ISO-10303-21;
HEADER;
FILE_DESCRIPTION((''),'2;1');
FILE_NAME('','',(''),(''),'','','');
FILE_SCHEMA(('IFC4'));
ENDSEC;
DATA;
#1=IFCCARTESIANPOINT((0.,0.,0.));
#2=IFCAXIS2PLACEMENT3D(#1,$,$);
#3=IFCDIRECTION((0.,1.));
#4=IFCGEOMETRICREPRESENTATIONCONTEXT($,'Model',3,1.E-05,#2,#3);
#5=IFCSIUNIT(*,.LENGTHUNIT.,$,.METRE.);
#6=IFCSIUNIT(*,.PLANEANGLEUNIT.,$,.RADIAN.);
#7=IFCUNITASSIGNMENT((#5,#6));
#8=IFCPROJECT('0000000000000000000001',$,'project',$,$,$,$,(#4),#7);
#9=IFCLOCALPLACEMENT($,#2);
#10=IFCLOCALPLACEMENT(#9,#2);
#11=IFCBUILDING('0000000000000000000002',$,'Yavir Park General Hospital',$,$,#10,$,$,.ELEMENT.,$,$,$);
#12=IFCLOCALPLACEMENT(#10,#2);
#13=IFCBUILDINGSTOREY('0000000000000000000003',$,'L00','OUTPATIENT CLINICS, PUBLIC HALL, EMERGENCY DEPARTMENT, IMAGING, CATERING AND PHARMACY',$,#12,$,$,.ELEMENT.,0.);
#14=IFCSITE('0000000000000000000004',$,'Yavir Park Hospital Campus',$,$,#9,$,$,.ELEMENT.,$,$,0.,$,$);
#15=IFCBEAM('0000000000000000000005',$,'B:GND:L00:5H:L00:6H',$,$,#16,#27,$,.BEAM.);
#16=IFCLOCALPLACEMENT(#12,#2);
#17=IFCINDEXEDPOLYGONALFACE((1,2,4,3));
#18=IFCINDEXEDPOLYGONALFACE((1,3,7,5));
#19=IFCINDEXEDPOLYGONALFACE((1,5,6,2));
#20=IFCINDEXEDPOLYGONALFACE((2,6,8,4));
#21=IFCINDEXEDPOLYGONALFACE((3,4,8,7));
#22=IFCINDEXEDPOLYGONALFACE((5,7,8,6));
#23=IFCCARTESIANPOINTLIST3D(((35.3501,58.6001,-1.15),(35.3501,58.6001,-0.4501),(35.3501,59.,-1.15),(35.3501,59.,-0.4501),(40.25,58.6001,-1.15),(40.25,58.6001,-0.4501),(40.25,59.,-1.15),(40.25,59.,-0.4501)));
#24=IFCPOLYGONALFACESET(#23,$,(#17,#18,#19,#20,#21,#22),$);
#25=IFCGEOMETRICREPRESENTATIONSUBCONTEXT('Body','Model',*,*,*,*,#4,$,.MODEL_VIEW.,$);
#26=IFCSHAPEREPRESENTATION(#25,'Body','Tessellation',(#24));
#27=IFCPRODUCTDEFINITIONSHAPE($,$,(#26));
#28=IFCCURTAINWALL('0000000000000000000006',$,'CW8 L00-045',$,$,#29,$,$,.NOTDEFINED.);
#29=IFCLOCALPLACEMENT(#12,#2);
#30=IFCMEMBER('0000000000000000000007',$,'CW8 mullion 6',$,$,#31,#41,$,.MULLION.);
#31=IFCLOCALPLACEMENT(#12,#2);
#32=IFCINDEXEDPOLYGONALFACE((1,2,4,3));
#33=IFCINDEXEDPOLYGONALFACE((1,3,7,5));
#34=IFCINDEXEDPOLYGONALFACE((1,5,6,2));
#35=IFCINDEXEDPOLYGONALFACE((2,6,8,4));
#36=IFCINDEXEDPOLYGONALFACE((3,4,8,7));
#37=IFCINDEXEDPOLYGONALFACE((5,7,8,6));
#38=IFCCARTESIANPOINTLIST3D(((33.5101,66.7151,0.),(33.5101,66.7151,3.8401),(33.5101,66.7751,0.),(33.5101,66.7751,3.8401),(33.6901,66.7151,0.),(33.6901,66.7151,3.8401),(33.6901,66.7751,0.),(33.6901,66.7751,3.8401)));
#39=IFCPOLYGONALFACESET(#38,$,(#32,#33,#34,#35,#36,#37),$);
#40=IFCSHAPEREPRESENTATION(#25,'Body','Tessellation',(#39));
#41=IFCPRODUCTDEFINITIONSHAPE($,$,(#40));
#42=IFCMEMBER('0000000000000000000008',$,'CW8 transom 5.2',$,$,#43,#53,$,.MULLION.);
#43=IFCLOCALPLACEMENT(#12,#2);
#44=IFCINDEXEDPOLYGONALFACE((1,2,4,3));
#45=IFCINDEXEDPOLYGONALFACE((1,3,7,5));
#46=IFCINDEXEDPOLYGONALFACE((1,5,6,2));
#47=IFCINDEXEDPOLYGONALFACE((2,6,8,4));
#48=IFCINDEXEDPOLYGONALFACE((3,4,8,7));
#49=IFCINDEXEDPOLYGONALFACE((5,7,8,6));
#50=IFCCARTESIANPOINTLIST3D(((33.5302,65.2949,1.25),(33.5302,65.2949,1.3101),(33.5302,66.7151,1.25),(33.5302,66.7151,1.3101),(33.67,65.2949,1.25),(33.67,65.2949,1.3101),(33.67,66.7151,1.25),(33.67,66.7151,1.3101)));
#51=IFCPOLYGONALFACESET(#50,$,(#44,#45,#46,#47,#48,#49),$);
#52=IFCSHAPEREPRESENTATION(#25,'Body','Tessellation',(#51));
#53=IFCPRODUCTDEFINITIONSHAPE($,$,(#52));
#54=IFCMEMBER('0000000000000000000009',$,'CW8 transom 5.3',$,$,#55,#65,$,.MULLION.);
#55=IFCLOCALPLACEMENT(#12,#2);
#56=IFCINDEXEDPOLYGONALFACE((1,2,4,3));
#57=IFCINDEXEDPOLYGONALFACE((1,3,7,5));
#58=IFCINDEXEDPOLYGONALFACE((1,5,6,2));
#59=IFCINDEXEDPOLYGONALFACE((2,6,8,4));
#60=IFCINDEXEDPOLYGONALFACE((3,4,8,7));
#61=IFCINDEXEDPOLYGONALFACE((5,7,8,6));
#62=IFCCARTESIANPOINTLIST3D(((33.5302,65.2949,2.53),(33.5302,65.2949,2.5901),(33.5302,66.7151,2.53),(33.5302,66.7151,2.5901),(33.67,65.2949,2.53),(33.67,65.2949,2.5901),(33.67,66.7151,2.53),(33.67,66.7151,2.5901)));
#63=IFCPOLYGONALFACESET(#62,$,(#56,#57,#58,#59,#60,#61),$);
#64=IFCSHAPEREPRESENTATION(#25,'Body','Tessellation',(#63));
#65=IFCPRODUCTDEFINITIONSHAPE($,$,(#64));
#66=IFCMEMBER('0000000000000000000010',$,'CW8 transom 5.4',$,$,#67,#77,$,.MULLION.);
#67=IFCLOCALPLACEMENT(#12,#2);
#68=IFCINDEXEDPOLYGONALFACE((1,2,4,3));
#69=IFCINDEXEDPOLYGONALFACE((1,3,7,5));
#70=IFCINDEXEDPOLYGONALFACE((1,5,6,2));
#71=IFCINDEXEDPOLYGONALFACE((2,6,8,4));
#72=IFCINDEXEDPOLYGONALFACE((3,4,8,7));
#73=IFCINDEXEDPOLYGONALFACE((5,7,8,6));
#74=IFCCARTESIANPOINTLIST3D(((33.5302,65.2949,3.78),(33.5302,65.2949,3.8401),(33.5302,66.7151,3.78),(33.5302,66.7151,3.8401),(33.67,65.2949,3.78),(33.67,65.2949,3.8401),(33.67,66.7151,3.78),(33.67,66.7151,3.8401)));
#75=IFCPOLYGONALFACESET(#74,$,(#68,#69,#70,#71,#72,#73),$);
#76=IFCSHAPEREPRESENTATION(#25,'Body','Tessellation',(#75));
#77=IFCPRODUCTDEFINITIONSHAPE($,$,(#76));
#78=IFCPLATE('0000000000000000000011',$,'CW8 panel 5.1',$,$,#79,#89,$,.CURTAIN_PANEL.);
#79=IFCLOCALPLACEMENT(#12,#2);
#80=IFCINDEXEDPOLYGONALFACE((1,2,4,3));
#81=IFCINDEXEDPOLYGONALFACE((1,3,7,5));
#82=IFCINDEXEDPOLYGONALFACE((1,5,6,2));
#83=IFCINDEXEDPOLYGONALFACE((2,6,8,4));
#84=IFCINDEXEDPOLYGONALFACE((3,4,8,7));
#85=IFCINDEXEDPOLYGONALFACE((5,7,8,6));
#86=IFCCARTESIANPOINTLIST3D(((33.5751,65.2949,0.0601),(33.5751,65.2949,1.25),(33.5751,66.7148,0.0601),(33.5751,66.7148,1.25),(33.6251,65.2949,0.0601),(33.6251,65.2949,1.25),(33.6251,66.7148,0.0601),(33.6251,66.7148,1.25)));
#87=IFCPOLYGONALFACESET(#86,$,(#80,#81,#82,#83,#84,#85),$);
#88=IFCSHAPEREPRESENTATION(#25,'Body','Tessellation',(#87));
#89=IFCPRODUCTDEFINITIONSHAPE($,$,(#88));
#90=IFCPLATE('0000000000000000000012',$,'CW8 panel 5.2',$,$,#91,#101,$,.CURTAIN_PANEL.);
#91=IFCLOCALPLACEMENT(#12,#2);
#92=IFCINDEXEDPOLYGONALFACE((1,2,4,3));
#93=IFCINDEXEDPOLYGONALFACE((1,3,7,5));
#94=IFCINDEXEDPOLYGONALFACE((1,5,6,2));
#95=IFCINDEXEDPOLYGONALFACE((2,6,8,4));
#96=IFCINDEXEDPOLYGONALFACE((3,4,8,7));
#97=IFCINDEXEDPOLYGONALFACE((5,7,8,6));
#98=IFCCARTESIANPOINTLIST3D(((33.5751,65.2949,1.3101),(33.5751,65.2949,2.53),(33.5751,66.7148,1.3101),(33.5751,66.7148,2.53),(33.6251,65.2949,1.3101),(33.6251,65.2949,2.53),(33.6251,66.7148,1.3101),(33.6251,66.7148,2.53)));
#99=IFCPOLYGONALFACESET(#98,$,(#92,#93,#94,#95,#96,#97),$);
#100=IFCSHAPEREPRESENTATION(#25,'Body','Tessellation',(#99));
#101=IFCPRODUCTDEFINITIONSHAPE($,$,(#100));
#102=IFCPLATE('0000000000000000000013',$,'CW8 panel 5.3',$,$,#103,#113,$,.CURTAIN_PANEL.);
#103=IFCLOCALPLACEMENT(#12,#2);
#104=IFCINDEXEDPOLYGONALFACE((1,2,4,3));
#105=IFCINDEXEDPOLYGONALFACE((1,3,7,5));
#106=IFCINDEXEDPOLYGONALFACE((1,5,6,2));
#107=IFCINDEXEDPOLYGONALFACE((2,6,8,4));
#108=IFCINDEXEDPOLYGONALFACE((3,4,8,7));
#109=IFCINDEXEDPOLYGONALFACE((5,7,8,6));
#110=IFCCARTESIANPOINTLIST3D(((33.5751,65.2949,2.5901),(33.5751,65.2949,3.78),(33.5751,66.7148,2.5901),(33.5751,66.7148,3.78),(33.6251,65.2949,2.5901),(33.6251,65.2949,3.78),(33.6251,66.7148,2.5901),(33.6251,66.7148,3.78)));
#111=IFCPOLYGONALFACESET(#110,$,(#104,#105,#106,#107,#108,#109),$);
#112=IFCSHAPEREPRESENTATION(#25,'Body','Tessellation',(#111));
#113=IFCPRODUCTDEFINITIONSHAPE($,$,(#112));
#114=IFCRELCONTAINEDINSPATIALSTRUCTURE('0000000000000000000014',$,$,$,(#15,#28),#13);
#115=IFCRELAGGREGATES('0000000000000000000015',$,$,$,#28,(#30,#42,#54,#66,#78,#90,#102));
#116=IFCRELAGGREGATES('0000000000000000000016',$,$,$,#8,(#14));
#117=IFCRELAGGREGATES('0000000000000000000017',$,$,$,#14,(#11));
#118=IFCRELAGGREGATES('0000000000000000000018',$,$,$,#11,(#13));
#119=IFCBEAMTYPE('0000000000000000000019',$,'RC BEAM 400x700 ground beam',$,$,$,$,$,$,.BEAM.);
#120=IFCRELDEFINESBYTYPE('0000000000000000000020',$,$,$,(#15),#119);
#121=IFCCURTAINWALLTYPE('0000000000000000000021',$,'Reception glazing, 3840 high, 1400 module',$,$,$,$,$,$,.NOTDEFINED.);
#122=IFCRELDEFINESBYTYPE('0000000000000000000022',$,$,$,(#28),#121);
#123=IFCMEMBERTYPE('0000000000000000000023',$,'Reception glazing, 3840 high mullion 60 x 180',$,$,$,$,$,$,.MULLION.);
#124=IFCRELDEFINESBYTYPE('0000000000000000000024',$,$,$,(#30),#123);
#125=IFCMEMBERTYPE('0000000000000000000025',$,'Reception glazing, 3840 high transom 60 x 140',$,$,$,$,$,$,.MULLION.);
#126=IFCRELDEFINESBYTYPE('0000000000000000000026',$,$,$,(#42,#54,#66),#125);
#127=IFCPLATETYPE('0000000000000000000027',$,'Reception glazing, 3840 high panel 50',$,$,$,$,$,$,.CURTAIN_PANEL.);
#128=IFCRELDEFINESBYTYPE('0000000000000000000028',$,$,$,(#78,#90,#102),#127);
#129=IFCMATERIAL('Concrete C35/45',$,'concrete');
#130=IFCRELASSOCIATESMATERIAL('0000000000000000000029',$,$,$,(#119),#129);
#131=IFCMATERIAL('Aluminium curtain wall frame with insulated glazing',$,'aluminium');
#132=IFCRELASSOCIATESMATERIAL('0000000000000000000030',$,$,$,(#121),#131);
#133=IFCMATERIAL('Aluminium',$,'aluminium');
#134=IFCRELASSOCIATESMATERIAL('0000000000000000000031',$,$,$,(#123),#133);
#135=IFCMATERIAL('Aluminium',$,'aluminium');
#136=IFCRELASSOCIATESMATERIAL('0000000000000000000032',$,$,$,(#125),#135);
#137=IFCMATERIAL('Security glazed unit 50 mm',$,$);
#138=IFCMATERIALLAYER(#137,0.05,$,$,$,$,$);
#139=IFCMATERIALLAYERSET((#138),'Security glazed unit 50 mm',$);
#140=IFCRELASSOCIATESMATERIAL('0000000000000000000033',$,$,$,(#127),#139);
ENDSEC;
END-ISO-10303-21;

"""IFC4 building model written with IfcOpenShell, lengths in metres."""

from ifc_helpers import new_model, si_unit, direction, frame, origin, origin_2d, place, context, subcontext, project, spatial, rectangle, extrude, material, layer, layer_set, material_profile, profile_set, type_object, element, aggregate, save


model = new_model("IFC4")

# Units and contexts
model_context = context("Model", 3, precision=1e-05, world=origin(), true_north=direction((0.0, 1.0)))
body_context = subcontext(model_context, "Body", "Model", "MODEL_VIEW")
ifc_project = project(units=[si_unit("LENGTHUNIT", "METRE"), si_unit("PLANEANGLEUNIT", "RADIAN")], contexts=[model_context])

# Site, building, storey
site_placement = place(None, origin())
site = spatial("IfcSite", under=ifc_project, at=site_placement, Name="Yavir Park Hospital Campus", CompositionType="ELEMENT", RefElevation=0.0)
building_placement = place(site_placement, origin())
building = spatial("IfcBuilding", under=site, at=building_placement, Name="Yavir Park General Hospital", CompositionType="ELEMENT")
storey_placement = place(building_placement, origin())
storey = spatial("IfcBuildingStorey", under=building, at=storey_placement, Name="L00", Description="OUTPATIENT CLINICS, PUBLIC HALL, EMERGENCY DEPARTMENT, IMAGING, CATERING AND PHARMACY", CompositionType="ELEMENT", Elevation=0.0)

# Beam
ifc_material_1 = material(Name="Concrete C35/45", Category="concrete")
ifc_material_profile_1 = material_profile(ifc_material_1, rectangle(XDim=0.3999, YDim=0.7, at=origin_2d()), Name="RC400x700")
ifc_profile_set_1 = profile_set([ifc_material_profile_1], Name="Concrete C35/45")
beam_type = type_object("IfcBeamType", Name="RC BEAM 400x700 ground beam", PredefinedType="BEAM", material=ifc_profile_set_1)
beam_placement = place(storey_placement, frame((35.3501, 58.8, -0.8), z_axis=(1.0, 0.0, 0.0), x_axis=(0.0, 1.0, 0.0)))
element("IfcBeam", 1, at=beam_placement, inside=storey, type_object=beam_type, Name="B:GND:L00:5H:L00:6H", PredefinedType="BEAM", context=body_context, shape_type="SweptSolid", body=[
    extrude(rectangle(XDim=0.3999, YDim=0.7, at=origin_2d()), origin(), (0.0, 0.0, 1.0), 4.8999),
])

# Curtain wall, members, plates
ifc_material_2 = material(Name="Aluminium curtain wall frame with insulated glazing", Category="aluminium")
curtain_wall_type = type_object("IfcCurtainWallType", Name="Reception glazing, 3840 high, 1400 module", PredefinedType="NOTDEFINED", material=ifc_material_2)
curtain_wall_placement = place(storey_placement, origin())
curtain_wall = element("IfcCurtainWall", 2, at=curtain_wall_placement, inside=storey, type_object=curtain_wall_type, Name="CW8 L00-045", PredefinedType="NOTDEFINED")
ifc_material_3 = material(Name="Aluminium", Category="aluminium")
ifc_material_profile_2 = material_profile(ifc_material_3, rectangle(XDim=0.1799, YDim=0.0601, at=origin_2d()), Name="AL 60x180")
ifc_profile_set_2 = profile_set([ifc_material_profile_2], Name="Aluminium")
member_type_1 = type_object("IfcMemberType", Name="Reception glazing, 3840 high mullion 60 x 180", PredefinedType="MULLION", material=ifc_profile_set_2)
member_1_placement = place(storey_placement, frame((33.6001, 66.7451, 0.0), z_axis=(0.0, 0.0, 1.0), x_axis=(-1.0, 0.0, 0.0)))
member_1 = element("IfcMember", 3, at=member_1_placement, type_object=member_type_1, Name="CW8 mullion 6", PredefinedType="MULLION", context=body_context, shape_type="SweptSolid", body=[
    extrude(rectangle(XDim=0.1799, YDim=0.0601, at=origin_2d()), origin(), (0.0, 0.0, 1.0), 3.8401),
])
ifc_material_4 = material(Name="Aluminium", Category="aluminium")
ifc_material_profile_3 = material_profile(ifc_material_4, rectangle(XDim=0.1399, YDim=0.0601, at=origin_2d()), Name="AL 140x60")
ifc_profile_set_3 = profile_set([ifc_material_profile_3], Name="Aluminium")
member_type_2 = type_object("IfcMemberType", Name="Reception glazing, 3840 high transom 60 x 140", PredefinedType="MULLION", material=ifc_profile_set_3)
member_2_placement = place(storey_placement, frame((33.6001, 65.2949, 1.28), z_axis=(0.0, 1.0, 0.0), x_axis=(-1.0, 0.0, 0.0)))
member_2 = element("IfcMember", 4, at=member_2_placement, type_object=member_type_2, Name="CW8 transom 5.2", PredefinedType="MULLION", context=body_context, shape_type="SweptSolid", body=[
    extrude(rectangle(XDim=0.1399, YDim=0.0601, at=origin_2d()), origin(), (0.0, 0.0, 1.0), 1.4202),
])
member_3_placement = place(storey_placement, frame((33.6001, 65.2949, 2.5601), z_axis=(0.0, 1.0, 0.0), x_axis=(-1.0, 0.0, 0.0)))
member_3 = element("IfcMember", 5, at=member_3_placement, type_object=member_type_2, Name="CW8 transom 5.3", PredefinedType="MULLION", context=body_context, shape_type="SweptSolid", body=[
    extrude(rectangle(XDim=0.1399, YDim=0.0601, at=origin_2d()), origin(), (0.0, 0.0, 1.0), 1.4202),
])
member_4_placement = place(storey_placement, frame((33.6001, 65.2949, 3.8101), z_axis=(0.0, 1.0, 0.0), x_axis=(-1.0, 0.0, 0.0)))
member_4 = element("IfcMember", 6, at=member_4_placement, type_object=member_type_2, Name="CW8 transom 5.4", PredefinedType="MULLION", context=body_context, shape_type="SweptSolid", body=[
    extrude(rectangle(XDim=0.1399, YDim=0.0601, at=origin_2d()), origin(), (0.0, 0.0, 1.0), 1.4202),
])
ifc_material_5 = material(Name="Security glazed unit 50 mm")
ifc_layer_1 = layer(ifc_material_5, 0.05)
ifc_layer_set_1 = layer_set([ifc_layer_1], Name="Security glazed unit 50 mm")
plate_type = type_object("IfcPlateType", Name="Reception glazing, 3840 high panel 50", PredefinedType="CURTAIN_PANEL", material=ifc_layer_set_1)
plate_1_placement = place(storey_placement, frame((33.6001, 66.0049, 0.0601), z_axis=(0.0, 0.0, 1.0), x_axis=(0.0, 1.0, 0.0)))
plate_1 = element("IfcPlate", 7, at=plate_1_placement, type_object=plate_type, Name="CW8 panel 5.1", PredefinedType="CURTAIN_PANEL", context=body_context, shape_type="SweptSolid", body=[
    extrude(rectangle(XDim=1.4199, YDim=0.05, at=origin_2d()), origin(), (0.0, 0.0, 1.0), 1.1899),
])
plate_2_placement = place(storey_placement, frame((33.6001, 66.0049, 1.3101), z_axis=(0.0, 0.0, 1.0), x_axis=(0.0, 1.0, 0.0)))
plate_2 = element("IfcPlate", 8, at=plate_2_placement, type_object=plate_type, Name="CW8 panel 5.2", PredefinedType="CURTAIN_PANEL", context=body_context, shape_type="SweptSolid", body=[
    extrude(rectangle(XDim=1.4199, YDim=0.05, at=origin_2d()), origin(), (0.0, 0.0, 1.0), 1.22),
])
plate_3_placement = place(storey_placement, frame((33.6001, 66.0049, 2.5901), z_axis=(0.0, 0.0, 1.0), x_axis=(0.0, 1.0, 0.0)))
plate_3 = element("IfcPlate", 9, at=plate_3_placement, type_object=plate_type, Name="CW8 panel 5.3", PredefinedType="CURTAIN_PANEL", context=body_context, shape_type="SweptSolid", body=[
    extrude(rectangle(XDim=1.4199, YDim=0.05, at=origin_2d()), origin(), (0.0, 0.0, 1.0), 1.1899),
])
aggregate(curtain_wall, [member_1, member_2, member_3, member_4, plate_1, plate_2, plate_3])

save(model, "model.ifc")
